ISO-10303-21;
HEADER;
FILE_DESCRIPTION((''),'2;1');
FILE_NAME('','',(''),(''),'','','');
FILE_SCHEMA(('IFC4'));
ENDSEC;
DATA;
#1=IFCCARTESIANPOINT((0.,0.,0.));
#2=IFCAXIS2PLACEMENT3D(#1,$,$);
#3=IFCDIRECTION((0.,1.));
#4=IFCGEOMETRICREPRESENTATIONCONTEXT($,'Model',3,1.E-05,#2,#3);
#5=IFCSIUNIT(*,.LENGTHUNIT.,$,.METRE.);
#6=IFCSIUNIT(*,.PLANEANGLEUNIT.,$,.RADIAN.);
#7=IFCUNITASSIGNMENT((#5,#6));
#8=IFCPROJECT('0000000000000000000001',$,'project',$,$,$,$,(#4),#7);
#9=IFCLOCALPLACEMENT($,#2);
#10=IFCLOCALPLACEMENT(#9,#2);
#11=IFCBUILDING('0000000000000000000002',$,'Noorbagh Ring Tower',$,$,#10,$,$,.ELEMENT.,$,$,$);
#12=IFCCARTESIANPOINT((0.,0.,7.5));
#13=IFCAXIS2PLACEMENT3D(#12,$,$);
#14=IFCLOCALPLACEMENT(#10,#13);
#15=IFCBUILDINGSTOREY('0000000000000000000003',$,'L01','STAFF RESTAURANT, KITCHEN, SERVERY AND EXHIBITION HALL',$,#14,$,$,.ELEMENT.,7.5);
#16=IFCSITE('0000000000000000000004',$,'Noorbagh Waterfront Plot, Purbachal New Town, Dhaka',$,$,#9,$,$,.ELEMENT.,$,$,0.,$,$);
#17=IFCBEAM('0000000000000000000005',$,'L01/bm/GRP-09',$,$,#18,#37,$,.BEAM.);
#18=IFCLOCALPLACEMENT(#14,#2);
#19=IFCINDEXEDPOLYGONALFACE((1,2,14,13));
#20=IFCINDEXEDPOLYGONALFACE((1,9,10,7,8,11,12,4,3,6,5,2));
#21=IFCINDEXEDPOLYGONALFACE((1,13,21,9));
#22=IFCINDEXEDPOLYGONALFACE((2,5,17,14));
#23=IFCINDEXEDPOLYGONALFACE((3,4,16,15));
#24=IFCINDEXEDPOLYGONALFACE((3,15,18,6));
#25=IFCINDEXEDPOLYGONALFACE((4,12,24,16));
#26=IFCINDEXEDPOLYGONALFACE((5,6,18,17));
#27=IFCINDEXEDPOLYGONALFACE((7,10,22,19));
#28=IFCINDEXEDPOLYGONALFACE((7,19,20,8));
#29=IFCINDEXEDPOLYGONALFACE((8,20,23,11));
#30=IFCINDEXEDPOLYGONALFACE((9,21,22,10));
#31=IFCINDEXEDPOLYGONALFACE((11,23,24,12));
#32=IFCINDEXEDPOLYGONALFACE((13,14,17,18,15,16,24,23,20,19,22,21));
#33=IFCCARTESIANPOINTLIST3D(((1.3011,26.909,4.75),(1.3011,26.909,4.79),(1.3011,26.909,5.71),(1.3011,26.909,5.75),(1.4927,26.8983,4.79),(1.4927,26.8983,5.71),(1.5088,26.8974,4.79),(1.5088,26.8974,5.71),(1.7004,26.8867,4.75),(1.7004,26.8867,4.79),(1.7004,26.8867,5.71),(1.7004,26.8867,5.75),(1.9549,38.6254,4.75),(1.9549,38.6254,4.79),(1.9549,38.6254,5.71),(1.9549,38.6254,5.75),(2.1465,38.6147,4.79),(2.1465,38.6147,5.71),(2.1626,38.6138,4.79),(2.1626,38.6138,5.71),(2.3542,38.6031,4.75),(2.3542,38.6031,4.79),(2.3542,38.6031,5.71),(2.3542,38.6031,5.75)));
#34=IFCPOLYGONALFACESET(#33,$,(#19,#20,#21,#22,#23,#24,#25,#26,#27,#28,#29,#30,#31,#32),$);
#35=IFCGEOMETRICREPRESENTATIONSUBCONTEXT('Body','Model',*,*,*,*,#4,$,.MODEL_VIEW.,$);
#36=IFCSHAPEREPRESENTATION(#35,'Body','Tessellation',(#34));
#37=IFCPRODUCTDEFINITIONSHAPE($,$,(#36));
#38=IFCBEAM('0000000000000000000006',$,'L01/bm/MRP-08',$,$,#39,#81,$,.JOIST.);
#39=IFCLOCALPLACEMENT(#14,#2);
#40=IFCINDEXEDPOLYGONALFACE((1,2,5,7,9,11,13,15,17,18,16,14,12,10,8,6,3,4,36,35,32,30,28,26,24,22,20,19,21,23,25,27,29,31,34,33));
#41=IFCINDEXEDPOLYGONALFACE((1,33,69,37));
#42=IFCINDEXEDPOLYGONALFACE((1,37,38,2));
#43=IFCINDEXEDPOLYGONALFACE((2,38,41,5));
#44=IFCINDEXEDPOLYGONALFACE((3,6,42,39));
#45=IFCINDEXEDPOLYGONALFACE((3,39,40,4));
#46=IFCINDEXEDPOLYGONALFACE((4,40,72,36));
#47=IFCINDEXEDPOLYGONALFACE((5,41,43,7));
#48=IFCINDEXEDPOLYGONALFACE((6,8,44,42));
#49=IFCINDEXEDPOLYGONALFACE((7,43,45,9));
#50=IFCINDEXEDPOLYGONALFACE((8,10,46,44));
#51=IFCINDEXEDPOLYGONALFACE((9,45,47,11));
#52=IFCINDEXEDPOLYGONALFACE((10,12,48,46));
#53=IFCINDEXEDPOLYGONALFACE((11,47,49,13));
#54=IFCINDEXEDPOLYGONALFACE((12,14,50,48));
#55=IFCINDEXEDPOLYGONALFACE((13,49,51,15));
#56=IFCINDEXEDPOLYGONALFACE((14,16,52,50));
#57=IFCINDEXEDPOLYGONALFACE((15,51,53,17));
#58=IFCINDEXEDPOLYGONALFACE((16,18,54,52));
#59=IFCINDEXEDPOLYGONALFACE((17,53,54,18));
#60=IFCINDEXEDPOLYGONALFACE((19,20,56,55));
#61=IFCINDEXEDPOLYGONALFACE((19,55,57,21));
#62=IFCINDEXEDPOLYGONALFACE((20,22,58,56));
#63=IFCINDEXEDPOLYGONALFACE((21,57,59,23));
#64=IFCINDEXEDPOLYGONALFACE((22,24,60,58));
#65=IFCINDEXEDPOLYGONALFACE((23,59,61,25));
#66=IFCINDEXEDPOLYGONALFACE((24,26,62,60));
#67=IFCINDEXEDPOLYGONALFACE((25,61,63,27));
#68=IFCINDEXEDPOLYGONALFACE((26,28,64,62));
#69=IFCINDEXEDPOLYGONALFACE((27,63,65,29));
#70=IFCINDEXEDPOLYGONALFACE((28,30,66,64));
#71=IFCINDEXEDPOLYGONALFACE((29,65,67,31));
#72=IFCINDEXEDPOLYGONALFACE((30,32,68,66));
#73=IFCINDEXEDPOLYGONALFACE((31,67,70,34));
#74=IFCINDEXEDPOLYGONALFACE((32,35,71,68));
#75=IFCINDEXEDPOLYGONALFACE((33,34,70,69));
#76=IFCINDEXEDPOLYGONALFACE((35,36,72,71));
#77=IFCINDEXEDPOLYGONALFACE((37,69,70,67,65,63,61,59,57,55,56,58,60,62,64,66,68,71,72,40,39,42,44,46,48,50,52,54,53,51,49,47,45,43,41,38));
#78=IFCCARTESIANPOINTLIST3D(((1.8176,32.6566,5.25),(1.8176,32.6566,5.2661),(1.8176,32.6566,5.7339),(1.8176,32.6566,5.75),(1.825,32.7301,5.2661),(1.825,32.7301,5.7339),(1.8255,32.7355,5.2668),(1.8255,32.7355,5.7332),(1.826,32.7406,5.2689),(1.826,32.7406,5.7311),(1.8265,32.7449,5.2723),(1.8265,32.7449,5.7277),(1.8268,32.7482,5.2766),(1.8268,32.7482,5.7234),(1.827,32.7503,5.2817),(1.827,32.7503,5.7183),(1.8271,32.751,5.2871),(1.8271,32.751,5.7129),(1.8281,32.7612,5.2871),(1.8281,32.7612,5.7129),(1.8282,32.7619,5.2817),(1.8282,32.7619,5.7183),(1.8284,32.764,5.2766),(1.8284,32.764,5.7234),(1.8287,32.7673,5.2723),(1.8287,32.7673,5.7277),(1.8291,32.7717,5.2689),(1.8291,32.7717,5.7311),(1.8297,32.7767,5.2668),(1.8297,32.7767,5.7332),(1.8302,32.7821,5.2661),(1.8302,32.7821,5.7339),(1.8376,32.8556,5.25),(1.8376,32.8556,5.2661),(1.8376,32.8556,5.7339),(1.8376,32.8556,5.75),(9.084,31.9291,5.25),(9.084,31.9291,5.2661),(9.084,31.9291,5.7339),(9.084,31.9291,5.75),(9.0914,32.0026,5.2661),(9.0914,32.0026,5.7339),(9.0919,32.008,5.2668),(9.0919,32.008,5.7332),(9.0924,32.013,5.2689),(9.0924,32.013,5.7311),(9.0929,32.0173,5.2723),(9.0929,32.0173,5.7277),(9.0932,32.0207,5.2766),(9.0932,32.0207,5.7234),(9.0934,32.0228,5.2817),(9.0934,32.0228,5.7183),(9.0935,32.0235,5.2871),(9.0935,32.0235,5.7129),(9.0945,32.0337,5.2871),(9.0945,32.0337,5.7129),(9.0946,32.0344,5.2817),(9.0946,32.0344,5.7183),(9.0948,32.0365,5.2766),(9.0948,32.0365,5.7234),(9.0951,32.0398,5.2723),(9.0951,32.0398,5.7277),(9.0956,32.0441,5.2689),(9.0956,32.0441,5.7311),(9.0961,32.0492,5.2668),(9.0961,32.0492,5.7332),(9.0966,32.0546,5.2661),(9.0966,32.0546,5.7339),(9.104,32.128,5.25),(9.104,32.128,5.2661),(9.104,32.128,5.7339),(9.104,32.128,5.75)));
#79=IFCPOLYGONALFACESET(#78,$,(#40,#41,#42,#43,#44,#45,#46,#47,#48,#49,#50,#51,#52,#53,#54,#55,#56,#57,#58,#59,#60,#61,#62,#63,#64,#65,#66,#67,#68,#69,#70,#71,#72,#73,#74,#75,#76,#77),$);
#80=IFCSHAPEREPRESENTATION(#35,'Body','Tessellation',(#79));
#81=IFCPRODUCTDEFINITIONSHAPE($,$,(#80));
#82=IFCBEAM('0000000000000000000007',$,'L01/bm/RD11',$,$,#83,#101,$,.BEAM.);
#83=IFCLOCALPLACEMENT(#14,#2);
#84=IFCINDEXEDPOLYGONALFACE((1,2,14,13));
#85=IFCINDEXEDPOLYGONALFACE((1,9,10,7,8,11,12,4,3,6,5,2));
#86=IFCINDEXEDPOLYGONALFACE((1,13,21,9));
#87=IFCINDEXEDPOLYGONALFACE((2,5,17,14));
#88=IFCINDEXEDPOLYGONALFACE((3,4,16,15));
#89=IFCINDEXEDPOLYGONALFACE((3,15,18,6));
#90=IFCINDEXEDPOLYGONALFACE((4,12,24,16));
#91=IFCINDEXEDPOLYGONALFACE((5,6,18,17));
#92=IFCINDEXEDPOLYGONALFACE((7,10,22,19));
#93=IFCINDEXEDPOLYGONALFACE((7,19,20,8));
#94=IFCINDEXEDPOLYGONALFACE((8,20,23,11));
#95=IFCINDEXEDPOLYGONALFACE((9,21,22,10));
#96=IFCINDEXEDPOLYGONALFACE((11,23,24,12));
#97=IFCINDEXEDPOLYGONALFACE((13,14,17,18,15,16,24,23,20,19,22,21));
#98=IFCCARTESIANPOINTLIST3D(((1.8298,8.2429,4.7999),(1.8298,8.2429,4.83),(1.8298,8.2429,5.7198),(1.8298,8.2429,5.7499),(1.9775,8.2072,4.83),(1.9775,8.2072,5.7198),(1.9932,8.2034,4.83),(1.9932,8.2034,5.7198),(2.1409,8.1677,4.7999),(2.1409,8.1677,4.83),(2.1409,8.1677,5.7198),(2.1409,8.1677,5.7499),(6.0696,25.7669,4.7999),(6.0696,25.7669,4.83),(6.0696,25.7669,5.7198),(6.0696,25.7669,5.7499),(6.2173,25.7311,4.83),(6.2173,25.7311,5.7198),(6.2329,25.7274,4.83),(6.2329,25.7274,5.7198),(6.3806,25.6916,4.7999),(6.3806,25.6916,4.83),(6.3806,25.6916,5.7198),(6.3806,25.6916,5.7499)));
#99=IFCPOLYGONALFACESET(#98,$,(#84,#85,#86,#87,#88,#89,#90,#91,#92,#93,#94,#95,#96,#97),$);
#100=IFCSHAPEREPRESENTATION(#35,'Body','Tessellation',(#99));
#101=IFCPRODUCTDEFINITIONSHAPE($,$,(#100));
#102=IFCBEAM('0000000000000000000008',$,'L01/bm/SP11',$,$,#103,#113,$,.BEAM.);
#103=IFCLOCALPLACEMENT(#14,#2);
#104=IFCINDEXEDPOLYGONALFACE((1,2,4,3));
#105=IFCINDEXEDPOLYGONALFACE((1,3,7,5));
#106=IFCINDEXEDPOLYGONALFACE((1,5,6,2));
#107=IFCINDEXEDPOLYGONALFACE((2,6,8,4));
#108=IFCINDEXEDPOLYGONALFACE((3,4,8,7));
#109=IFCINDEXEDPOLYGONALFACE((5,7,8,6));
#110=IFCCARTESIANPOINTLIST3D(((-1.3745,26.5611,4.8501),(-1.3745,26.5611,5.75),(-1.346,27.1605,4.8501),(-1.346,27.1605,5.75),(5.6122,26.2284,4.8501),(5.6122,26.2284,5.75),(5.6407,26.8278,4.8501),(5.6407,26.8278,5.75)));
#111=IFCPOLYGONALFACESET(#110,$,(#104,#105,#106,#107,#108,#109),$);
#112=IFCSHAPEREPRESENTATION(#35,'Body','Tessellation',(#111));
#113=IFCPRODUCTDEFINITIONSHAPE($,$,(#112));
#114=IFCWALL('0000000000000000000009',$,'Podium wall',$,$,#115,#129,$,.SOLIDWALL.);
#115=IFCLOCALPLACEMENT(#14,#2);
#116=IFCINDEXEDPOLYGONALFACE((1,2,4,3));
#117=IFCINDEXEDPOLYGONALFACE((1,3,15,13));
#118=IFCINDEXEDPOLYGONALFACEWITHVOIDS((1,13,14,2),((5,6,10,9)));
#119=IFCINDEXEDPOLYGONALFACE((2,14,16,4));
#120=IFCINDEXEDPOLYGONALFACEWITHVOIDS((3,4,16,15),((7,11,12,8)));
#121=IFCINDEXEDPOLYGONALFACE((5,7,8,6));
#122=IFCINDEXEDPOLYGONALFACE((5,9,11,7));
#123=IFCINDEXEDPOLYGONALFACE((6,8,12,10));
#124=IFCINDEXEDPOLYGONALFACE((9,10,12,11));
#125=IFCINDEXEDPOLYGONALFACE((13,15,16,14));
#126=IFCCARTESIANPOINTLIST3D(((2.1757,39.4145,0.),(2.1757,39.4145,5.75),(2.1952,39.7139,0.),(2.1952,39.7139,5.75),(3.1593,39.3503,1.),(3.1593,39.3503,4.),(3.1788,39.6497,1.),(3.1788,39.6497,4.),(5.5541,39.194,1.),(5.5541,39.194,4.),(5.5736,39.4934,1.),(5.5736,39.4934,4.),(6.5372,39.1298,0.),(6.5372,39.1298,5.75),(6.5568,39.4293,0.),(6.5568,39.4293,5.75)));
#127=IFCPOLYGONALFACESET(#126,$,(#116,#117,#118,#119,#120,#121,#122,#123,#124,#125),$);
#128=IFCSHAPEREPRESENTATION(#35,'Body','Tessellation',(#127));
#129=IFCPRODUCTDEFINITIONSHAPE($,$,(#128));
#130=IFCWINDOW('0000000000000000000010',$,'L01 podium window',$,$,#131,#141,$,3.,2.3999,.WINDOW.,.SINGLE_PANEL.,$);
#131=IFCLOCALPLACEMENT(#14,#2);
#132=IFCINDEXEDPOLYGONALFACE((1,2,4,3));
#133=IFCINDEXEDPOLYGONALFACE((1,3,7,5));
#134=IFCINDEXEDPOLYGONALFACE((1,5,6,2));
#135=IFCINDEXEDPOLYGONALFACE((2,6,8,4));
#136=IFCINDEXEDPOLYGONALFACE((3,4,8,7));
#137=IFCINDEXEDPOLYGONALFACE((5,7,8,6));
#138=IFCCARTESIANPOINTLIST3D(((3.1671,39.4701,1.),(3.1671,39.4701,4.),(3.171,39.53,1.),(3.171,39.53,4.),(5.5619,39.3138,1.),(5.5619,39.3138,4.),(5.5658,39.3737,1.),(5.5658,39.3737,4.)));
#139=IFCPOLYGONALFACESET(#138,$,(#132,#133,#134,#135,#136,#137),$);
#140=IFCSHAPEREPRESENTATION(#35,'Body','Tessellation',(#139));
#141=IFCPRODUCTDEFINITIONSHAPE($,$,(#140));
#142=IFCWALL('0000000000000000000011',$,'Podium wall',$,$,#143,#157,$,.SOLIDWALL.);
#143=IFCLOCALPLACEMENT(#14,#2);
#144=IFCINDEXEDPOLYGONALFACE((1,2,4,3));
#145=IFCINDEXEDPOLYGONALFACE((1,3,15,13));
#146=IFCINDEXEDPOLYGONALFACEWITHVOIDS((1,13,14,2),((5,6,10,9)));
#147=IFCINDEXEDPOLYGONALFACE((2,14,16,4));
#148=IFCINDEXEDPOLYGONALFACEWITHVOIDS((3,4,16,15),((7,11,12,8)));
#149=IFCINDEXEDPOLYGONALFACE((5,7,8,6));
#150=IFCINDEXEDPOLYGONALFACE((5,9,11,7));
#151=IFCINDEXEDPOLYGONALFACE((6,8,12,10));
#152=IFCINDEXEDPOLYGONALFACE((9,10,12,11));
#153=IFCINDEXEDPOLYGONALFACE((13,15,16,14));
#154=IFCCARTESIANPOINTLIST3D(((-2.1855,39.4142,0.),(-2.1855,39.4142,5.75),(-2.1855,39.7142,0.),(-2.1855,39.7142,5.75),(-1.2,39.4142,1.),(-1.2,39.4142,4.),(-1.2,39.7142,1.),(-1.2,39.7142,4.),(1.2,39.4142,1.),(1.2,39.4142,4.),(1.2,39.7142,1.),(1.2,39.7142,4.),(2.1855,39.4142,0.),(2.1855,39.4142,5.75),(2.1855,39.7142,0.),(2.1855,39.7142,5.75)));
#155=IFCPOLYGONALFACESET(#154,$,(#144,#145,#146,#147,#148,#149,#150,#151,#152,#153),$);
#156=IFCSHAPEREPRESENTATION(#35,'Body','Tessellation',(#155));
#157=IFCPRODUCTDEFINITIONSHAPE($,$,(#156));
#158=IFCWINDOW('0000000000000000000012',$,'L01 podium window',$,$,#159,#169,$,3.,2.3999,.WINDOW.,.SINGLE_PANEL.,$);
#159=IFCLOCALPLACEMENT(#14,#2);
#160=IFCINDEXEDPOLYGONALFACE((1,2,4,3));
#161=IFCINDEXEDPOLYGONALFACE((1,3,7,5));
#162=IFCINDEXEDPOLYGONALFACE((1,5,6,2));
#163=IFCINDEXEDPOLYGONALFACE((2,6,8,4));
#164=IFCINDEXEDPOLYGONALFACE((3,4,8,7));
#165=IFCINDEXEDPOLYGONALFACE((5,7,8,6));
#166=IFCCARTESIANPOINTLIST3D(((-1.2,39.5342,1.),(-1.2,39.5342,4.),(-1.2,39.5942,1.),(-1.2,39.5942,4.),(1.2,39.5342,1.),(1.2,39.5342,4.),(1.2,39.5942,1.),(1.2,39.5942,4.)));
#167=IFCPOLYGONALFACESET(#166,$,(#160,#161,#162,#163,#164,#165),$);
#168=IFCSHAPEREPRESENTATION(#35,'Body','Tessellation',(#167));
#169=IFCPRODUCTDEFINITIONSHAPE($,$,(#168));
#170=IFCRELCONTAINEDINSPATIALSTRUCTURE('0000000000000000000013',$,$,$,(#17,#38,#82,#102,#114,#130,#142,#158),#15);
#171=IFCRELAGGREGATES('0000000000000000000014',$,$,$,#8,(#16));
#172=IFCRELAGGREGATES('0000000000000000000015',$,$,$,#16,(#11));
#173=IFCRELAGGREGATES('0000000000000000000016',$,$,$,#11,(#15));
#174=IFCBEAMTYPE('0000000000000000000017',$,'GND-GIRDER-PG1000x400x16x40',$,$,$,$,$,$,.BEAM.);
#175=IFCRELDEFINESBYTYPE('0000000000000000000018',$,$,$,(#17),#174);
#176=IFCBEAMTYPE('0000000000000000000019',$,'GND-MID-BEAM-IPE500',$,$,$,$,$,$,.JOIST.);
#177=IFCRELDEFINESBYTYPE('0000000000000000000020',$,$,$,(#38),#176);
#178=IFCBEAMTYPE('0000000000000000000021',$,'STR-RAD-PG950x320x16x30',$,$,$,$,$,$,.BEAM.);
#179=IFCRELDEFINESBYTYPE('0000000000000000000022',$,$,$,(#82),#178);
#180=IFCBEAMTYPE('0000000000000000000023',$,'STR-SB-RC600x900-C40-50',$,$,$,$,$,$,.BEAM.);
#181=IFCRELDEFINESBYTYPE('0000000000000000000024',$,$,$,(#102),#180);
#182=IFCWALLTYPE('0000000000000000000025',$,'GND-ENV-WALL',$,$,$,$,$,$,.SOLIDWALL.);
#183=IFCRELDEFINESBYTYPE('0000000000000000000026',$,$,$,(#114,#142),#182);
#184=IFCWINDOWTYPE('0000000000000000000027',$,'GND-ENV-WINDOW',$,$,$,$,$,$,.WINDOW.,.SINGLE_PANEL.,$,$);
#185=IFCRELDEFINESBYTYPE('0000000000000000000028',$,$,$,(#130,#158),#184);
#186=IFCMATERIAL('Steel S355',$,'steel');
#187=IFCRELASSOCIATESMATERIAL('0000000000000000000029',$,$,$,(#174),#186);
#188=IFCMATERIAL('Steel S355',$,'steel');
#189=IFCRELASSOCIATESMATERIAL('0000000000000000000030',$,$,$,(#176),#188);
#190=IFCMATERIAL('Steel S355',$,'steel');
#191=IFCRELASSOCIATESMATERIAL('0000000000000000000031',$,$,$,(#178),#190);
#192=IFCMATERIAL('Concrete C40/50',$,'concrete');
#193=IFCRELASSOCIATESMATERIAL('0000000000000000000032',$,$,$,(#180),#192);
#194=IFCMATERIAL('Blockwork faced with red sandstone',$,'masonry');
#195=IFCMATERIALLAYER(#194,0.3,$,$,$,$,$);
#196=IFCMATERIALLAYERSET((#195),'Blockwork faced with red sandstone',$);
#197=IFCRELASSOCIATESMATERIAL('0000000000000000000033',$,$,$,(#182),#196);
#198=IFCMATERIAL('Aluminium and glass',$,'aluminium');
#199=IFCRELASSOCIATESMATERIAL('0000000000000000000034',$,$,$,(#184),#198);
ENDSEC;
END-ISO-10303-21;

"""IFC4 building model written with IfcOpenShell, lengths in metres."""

from ifc_helpers import new_model, si_unit, direction, frame, frame_2d, origin, origin_2d, place, context, subcontext, project, spatial, rectangle, i_section, extrude, material, layer, layer_set, material_profile, profile_set, type_object, element, fill, save


model = new_model("IFC4")

# Units and contexts
model_context = context("Model", 3, precision=1e-05, world=origin(), true_north=direction((0.0, 1.0)))
body_context = subcontext(model_context, "Body", "Model", "MODEL_VIEW")
ifc_project = project(units=[si_unit("LENGTHUNIT", "METRE"), si_unit("PLANEANGLEUNIT", "RADIAN")], contexts=[model_context])

# Site, building, storey
site_placement = place(None, origin())
site = spatial("IfcSite", under=ifc_project, at=site_placement, Name="Noorbagh Waterfront Plot, Purbachal New Town, Dhaka", CompositionType="ELEMENT", RefElevation=0.0)
building_placement = place(site_placement, origin())
building = spatial("IfcBuilding", under=site, at=building_placement, Name="Noorbagh Ring Tower", CompositionType="ELEMENT")
storey_placement = place(building_placement, frame((0.0, 0.0, 7.5)))
storey = spatial("IfcBuildingStorey", under=building, at=storey_placement, Name="L01", Description="STAFF RESTAURANT, KITCHEN, SERVERY AND EXHIBITION HALL", CompositionType="ELEMENT", Elevation=7.5)

# Beams
ifc_material_1 = material(Name="Steel S355", Category="steel")
ifc_material_profile_1 = material_profile(ifc_material_1, i_section(OverallWidth=0.3999, OverallDepth=1.0, WebThickness=0.0161, FlangeThickness=0.04, at=origin_2d()), Name="PG1000x400x16x40")
ifc_profile_set_1 = profile_set([ifc_material_profile_1], Name="Steel S355")
beam_type_1 = type_object("IfcBeamType", Name="GND-GIRDER-PG1000x400x16x40", PredefinedType="BEAM", material=ifc_profile_set_1)
beam_1_placement = place(storey_placement, frame((2.1545, 38.6143, 5.25), z_axis=(-0.055717, -0.998447, 0.0), x_axis=(0.998447, -0.055717, 0.0)))
element("IfcBeam", 1, at=beam_1_placement, inside=storey, type_object=beam_type_1, Name="L01/bm/GRP-09", PredefinedType="BEAM", context=body_context, shape_type="SweptSolid", body=[
    extrude(i_section(OverallWidth=0.3999, OverallDepth=1.0, WebThickness=0.0161, FlangeThickness=0.04, at=origin_2d()), origin(), (0.0, 0.0, 1.0), 11.7346),
])
ifc_material_2 = material(Name="Steel S355", Category="steel")
ifc_material_profile_2 = material_profile(ifc_material_2, i_section(OverallWidth=0.2, OverallDepth=0.5, WebThickness=0.0103, FlangeThickness=0.0161, FilletRadius=0.021, at=origin_2d()), Name="IPE500")
ifc_profile_set_2 = profile_set([ifc_material_profile_2], Name="Steel S355")
beam_type_2 = type_object("IfcBeamType", Name="GND-MID-BEAM-IPE500", PredefinedType="JOIST", material=ifc_profile_set_2)
beam_2_placement = place(storey_placement, frame((9.094, 32.0286, 5.5), z_axis=(-0.995025, 0.099626, 0.0), x_axis=(-0.099626, -0.995025, 0.0)))
element("IfcBeam", 2, at=beam_2_placement, inside=storey, type_object=beam_type_2, Name="L01/bm/MRP-08", PredefinedType="JOIST", context=body_context, shape_type="SweptSolid", body=[
    extrude(i_section(OverallWidth=0.2, OverallDepth=0.5, WebThickness=0.0103, FlangeThickness=0.0161, FilletRadius=0.021, at=origin_2d()), origin(), (0.0, 0.0, 1.0), 7.3027),
])
ifc_material_3 = material(Name="Steel S355", Category="steel")
ifc_material_profile_3 = material_profile(ifc_material_3, i_section(OverallWidth=0.3201, OverallDepth=0.95, WebThickness=0.0161, FlangeThickness=0.03, at=origin_2d()), Name="PG950x320x16x30")
ifc_profile_set_3 = profile_set([ifc_material_profile_3], Name="Steel S355")
beam_type_3 = type_object("IfcBeamType", Name="STR-RAD-PG950x320x16x30", PredefinedType="BEAM", material=ifc_profile_set_3)
beam_3_placement = place(storey_placement, frame((6.2251, 25.7292, 5.2749), z_axis=(-0.235156, -0.971958, 0.0), x_axis=(0.971958, -0.235156, 0.0)))
element("IfcBeam", 3, at=beam_3_placement, inside=storey, type_object=beam_type_3, Name="L01/bm/RD11", PredefinedType="BEAM", context=body_context, shape_type="SweptSolid", body=[
    extrude(i_section(OverallWidth=0.3201, OverallDepth=0.95, WebThickness=0.0161, FlangeThickness=0.03, at=origin_2d()), origin(), (0.0, 0.0, 1.0), 18.0295),
])
ifc_material_4 = material(Name="Concrete C40/50", Category="concrete")
ifc_material_profile_4 = material_profile(ifc_material_4, rectangle(XDim=0.6001, YDim=0.8999, at=origin_2d()), Name="RC600x900")
ifc_profile_set_4 = profile_set([ifc_material_profile_4], Name="Concrete C40/50")
beam_type_4 = type_object("IfcBeamType", Name="STR-SB-RC600x900-C40-50", PredefinedType="BEAM", material=ifc_profile_set_4)
beam_4_placement = place(storey_placement, frame((5.6265, 26.5281, 5.3), z_axis=(-0.998868, 0.047573, 0.0), x_axis=(-0.047573, -0.998868, 0.0)))
element("IfcBeam", 4, at=beam_4_placement, inside=storey, type_object=beam_type_4, Name="L01/bm/SP11", PredefinedType="BEAM", context=body_context, shape_type="SweptSolid", body=[
    extrude(rectangle(XDim=0.6001, YDim=0.8999, at=origin_2d()), origin(), (0.0, 0.0, 1.0), 6.9946),
])

# Walls, openings, windows
ifc_material_5 = material(Name="Blockwork faced with red sandstone", Category="masonry")
ifc_layer_1 = layer(ifc_material_5, 0.3)
ifc_layer_set_1 = layer_set([ifc_layer_1], Name="Blockwork faced with red sandstone")
wall_type_1 = type_object("IfcWallType", Name="GND-ENV-WALL", PredefinedType="SOLIDWALL", material=ifc_layer_set_1)
wall_1_placement = place(storey_placement, frame((6.5471, 39.2795, 0.0), z_axis=(0.0, 0.0, 1.0), x_axis=(-0.997877, 0.065129, 0.0)))
wall_1 = element("IfcWall", 5, at=wall_1_placement, inside=storey, type_object=wall_type_1, Name="Podium wall", PredefinedType="SOLIDWALL", context=body_context, shape_type="SweptSolid", body=[
    extrude(rectangle(XDim=4.3708, YDim=0.3, at=frame_2d((2.1855, 0.0))), origin(), (0.0, 0.0, 1.0), 5.75),
])
opening_1_placement = place(wall_1_placement, frame((0.9854, 0.0, 1.0)))
opening_1 = element("IfcOpeningElement", 6, at=opening_1_placement, cuts=wall_1, PredefinedType="OPENING", context=body_context, shape_type="SweptSolid", body=[
    extrude(rectangle(XDim=2.3999, YDim=3.0, at=frame_2d((1.2, 1.5))), frame((0.0, 0.1602, 0.0), z_axis=(0.0, -1.0, 0.0), x_axis=(1.0, 0.0, 0.0)), (0.0, 0.0, 1.0), 0.3201),
])
ifc_material_6 = material(Name="Aluminium and glass", Category="aluminium")
window_type = type_object("IfcWindowType", Name="GND-ENV-WINDOW", PartitioningType="SINGLE_PANEL", PredefinedType="WINDOW", material=ifc_material_6)
window_1_placement = place(opening_1_placement, origin())
window_1 = element("IfcWindow", 7, at=window_1_placement, inside=storey, type_object=window_type, Name="L01 podium window", OverallHeight=3.0, OverallWidth=2.3999, PartitioningType="SINGLE_PANEL", PredefinedType="WINDOW", context=body_context, shape_type="SweptSolid", body=[
    extrude(rectangle(XDim=2.3999, YDim=3.0, at=frame_2d((1.2, 1.5))), frame((0.0, 0.03, 0.0), z_axis=(0.0, -1.0, 0.0), x_axis=(1.0, 0.0, 0.0)), (0.0, 0.0, 1.0), 0.0601),
])
fill(opening_1, window_1)
wall_2_placement = place(storey_placement, frame((2.1855, 39.5642, 0.0), z_axis=(0.0, 0.0, 1.0), x_axis=(-1.0, 0.0, 0.0)))
wall_2 = element("IfcWall", 8, at=wall_2_placement, inside=storey, type_object=wall_type_1, Name="Podium wall", PredefinedType="SOLIDWALL", context=body_context, shape_type="SweptSolid", body=[
    extrude(rectangle(XDim=4.3711, YDim=0.3, at=frame_2d((2.1855, 0.0))), origin(), (0.0, 0.0, 1.0), 5.75),
])
opening_2_placement = place(wall_2_placement, frame((0.9856, 0.0, 1.0)))
opening_2 = element("IfcOpeningElement", 9, at=opening_2_placement, cuts=wall_2, PredefinedType="OPENING", context=body_context, shape_type="SweptSolid", body=[
    extrude(rectangle(XDim=2.3999, YDim=3.0, at=frame_2d((1.2, 1.5))), frame((0.0, 0.1602, 0.0), z_axis=(0.0, -1.0, 0.0), x_axis=(1.0, 0.0, 0.0)), (0.0, 0.0, 1.0), 0.3201),
])
window_2_placement = place(opening_2_placement, origin())
window_2 = element("IfcWindow", 10, at=window_2_placement, inside=storey, type_object=window_type, Name="L01 podium window", OverallHeight=3.0, OverallWidth=2.3999, PartitioningType="SINGLE_PANEL", PredefinedType="WINDOW", context=body_context, shape_type="SweptSolid", body=[
    extrude(rectangle(XDim=2.3999, YDim=3.0, at=frame_2d((1.2, 1.5))), frame((0.0, 0.03, 0.0), z_axis=(0.0, -1.0, 0.0), x_axis=(1.0, 0.0, 0.0)), (0.0, 0.0, 1.0), 0.0601),
])
fill(opening_2, window_2)

save(model, "model.ifc")
